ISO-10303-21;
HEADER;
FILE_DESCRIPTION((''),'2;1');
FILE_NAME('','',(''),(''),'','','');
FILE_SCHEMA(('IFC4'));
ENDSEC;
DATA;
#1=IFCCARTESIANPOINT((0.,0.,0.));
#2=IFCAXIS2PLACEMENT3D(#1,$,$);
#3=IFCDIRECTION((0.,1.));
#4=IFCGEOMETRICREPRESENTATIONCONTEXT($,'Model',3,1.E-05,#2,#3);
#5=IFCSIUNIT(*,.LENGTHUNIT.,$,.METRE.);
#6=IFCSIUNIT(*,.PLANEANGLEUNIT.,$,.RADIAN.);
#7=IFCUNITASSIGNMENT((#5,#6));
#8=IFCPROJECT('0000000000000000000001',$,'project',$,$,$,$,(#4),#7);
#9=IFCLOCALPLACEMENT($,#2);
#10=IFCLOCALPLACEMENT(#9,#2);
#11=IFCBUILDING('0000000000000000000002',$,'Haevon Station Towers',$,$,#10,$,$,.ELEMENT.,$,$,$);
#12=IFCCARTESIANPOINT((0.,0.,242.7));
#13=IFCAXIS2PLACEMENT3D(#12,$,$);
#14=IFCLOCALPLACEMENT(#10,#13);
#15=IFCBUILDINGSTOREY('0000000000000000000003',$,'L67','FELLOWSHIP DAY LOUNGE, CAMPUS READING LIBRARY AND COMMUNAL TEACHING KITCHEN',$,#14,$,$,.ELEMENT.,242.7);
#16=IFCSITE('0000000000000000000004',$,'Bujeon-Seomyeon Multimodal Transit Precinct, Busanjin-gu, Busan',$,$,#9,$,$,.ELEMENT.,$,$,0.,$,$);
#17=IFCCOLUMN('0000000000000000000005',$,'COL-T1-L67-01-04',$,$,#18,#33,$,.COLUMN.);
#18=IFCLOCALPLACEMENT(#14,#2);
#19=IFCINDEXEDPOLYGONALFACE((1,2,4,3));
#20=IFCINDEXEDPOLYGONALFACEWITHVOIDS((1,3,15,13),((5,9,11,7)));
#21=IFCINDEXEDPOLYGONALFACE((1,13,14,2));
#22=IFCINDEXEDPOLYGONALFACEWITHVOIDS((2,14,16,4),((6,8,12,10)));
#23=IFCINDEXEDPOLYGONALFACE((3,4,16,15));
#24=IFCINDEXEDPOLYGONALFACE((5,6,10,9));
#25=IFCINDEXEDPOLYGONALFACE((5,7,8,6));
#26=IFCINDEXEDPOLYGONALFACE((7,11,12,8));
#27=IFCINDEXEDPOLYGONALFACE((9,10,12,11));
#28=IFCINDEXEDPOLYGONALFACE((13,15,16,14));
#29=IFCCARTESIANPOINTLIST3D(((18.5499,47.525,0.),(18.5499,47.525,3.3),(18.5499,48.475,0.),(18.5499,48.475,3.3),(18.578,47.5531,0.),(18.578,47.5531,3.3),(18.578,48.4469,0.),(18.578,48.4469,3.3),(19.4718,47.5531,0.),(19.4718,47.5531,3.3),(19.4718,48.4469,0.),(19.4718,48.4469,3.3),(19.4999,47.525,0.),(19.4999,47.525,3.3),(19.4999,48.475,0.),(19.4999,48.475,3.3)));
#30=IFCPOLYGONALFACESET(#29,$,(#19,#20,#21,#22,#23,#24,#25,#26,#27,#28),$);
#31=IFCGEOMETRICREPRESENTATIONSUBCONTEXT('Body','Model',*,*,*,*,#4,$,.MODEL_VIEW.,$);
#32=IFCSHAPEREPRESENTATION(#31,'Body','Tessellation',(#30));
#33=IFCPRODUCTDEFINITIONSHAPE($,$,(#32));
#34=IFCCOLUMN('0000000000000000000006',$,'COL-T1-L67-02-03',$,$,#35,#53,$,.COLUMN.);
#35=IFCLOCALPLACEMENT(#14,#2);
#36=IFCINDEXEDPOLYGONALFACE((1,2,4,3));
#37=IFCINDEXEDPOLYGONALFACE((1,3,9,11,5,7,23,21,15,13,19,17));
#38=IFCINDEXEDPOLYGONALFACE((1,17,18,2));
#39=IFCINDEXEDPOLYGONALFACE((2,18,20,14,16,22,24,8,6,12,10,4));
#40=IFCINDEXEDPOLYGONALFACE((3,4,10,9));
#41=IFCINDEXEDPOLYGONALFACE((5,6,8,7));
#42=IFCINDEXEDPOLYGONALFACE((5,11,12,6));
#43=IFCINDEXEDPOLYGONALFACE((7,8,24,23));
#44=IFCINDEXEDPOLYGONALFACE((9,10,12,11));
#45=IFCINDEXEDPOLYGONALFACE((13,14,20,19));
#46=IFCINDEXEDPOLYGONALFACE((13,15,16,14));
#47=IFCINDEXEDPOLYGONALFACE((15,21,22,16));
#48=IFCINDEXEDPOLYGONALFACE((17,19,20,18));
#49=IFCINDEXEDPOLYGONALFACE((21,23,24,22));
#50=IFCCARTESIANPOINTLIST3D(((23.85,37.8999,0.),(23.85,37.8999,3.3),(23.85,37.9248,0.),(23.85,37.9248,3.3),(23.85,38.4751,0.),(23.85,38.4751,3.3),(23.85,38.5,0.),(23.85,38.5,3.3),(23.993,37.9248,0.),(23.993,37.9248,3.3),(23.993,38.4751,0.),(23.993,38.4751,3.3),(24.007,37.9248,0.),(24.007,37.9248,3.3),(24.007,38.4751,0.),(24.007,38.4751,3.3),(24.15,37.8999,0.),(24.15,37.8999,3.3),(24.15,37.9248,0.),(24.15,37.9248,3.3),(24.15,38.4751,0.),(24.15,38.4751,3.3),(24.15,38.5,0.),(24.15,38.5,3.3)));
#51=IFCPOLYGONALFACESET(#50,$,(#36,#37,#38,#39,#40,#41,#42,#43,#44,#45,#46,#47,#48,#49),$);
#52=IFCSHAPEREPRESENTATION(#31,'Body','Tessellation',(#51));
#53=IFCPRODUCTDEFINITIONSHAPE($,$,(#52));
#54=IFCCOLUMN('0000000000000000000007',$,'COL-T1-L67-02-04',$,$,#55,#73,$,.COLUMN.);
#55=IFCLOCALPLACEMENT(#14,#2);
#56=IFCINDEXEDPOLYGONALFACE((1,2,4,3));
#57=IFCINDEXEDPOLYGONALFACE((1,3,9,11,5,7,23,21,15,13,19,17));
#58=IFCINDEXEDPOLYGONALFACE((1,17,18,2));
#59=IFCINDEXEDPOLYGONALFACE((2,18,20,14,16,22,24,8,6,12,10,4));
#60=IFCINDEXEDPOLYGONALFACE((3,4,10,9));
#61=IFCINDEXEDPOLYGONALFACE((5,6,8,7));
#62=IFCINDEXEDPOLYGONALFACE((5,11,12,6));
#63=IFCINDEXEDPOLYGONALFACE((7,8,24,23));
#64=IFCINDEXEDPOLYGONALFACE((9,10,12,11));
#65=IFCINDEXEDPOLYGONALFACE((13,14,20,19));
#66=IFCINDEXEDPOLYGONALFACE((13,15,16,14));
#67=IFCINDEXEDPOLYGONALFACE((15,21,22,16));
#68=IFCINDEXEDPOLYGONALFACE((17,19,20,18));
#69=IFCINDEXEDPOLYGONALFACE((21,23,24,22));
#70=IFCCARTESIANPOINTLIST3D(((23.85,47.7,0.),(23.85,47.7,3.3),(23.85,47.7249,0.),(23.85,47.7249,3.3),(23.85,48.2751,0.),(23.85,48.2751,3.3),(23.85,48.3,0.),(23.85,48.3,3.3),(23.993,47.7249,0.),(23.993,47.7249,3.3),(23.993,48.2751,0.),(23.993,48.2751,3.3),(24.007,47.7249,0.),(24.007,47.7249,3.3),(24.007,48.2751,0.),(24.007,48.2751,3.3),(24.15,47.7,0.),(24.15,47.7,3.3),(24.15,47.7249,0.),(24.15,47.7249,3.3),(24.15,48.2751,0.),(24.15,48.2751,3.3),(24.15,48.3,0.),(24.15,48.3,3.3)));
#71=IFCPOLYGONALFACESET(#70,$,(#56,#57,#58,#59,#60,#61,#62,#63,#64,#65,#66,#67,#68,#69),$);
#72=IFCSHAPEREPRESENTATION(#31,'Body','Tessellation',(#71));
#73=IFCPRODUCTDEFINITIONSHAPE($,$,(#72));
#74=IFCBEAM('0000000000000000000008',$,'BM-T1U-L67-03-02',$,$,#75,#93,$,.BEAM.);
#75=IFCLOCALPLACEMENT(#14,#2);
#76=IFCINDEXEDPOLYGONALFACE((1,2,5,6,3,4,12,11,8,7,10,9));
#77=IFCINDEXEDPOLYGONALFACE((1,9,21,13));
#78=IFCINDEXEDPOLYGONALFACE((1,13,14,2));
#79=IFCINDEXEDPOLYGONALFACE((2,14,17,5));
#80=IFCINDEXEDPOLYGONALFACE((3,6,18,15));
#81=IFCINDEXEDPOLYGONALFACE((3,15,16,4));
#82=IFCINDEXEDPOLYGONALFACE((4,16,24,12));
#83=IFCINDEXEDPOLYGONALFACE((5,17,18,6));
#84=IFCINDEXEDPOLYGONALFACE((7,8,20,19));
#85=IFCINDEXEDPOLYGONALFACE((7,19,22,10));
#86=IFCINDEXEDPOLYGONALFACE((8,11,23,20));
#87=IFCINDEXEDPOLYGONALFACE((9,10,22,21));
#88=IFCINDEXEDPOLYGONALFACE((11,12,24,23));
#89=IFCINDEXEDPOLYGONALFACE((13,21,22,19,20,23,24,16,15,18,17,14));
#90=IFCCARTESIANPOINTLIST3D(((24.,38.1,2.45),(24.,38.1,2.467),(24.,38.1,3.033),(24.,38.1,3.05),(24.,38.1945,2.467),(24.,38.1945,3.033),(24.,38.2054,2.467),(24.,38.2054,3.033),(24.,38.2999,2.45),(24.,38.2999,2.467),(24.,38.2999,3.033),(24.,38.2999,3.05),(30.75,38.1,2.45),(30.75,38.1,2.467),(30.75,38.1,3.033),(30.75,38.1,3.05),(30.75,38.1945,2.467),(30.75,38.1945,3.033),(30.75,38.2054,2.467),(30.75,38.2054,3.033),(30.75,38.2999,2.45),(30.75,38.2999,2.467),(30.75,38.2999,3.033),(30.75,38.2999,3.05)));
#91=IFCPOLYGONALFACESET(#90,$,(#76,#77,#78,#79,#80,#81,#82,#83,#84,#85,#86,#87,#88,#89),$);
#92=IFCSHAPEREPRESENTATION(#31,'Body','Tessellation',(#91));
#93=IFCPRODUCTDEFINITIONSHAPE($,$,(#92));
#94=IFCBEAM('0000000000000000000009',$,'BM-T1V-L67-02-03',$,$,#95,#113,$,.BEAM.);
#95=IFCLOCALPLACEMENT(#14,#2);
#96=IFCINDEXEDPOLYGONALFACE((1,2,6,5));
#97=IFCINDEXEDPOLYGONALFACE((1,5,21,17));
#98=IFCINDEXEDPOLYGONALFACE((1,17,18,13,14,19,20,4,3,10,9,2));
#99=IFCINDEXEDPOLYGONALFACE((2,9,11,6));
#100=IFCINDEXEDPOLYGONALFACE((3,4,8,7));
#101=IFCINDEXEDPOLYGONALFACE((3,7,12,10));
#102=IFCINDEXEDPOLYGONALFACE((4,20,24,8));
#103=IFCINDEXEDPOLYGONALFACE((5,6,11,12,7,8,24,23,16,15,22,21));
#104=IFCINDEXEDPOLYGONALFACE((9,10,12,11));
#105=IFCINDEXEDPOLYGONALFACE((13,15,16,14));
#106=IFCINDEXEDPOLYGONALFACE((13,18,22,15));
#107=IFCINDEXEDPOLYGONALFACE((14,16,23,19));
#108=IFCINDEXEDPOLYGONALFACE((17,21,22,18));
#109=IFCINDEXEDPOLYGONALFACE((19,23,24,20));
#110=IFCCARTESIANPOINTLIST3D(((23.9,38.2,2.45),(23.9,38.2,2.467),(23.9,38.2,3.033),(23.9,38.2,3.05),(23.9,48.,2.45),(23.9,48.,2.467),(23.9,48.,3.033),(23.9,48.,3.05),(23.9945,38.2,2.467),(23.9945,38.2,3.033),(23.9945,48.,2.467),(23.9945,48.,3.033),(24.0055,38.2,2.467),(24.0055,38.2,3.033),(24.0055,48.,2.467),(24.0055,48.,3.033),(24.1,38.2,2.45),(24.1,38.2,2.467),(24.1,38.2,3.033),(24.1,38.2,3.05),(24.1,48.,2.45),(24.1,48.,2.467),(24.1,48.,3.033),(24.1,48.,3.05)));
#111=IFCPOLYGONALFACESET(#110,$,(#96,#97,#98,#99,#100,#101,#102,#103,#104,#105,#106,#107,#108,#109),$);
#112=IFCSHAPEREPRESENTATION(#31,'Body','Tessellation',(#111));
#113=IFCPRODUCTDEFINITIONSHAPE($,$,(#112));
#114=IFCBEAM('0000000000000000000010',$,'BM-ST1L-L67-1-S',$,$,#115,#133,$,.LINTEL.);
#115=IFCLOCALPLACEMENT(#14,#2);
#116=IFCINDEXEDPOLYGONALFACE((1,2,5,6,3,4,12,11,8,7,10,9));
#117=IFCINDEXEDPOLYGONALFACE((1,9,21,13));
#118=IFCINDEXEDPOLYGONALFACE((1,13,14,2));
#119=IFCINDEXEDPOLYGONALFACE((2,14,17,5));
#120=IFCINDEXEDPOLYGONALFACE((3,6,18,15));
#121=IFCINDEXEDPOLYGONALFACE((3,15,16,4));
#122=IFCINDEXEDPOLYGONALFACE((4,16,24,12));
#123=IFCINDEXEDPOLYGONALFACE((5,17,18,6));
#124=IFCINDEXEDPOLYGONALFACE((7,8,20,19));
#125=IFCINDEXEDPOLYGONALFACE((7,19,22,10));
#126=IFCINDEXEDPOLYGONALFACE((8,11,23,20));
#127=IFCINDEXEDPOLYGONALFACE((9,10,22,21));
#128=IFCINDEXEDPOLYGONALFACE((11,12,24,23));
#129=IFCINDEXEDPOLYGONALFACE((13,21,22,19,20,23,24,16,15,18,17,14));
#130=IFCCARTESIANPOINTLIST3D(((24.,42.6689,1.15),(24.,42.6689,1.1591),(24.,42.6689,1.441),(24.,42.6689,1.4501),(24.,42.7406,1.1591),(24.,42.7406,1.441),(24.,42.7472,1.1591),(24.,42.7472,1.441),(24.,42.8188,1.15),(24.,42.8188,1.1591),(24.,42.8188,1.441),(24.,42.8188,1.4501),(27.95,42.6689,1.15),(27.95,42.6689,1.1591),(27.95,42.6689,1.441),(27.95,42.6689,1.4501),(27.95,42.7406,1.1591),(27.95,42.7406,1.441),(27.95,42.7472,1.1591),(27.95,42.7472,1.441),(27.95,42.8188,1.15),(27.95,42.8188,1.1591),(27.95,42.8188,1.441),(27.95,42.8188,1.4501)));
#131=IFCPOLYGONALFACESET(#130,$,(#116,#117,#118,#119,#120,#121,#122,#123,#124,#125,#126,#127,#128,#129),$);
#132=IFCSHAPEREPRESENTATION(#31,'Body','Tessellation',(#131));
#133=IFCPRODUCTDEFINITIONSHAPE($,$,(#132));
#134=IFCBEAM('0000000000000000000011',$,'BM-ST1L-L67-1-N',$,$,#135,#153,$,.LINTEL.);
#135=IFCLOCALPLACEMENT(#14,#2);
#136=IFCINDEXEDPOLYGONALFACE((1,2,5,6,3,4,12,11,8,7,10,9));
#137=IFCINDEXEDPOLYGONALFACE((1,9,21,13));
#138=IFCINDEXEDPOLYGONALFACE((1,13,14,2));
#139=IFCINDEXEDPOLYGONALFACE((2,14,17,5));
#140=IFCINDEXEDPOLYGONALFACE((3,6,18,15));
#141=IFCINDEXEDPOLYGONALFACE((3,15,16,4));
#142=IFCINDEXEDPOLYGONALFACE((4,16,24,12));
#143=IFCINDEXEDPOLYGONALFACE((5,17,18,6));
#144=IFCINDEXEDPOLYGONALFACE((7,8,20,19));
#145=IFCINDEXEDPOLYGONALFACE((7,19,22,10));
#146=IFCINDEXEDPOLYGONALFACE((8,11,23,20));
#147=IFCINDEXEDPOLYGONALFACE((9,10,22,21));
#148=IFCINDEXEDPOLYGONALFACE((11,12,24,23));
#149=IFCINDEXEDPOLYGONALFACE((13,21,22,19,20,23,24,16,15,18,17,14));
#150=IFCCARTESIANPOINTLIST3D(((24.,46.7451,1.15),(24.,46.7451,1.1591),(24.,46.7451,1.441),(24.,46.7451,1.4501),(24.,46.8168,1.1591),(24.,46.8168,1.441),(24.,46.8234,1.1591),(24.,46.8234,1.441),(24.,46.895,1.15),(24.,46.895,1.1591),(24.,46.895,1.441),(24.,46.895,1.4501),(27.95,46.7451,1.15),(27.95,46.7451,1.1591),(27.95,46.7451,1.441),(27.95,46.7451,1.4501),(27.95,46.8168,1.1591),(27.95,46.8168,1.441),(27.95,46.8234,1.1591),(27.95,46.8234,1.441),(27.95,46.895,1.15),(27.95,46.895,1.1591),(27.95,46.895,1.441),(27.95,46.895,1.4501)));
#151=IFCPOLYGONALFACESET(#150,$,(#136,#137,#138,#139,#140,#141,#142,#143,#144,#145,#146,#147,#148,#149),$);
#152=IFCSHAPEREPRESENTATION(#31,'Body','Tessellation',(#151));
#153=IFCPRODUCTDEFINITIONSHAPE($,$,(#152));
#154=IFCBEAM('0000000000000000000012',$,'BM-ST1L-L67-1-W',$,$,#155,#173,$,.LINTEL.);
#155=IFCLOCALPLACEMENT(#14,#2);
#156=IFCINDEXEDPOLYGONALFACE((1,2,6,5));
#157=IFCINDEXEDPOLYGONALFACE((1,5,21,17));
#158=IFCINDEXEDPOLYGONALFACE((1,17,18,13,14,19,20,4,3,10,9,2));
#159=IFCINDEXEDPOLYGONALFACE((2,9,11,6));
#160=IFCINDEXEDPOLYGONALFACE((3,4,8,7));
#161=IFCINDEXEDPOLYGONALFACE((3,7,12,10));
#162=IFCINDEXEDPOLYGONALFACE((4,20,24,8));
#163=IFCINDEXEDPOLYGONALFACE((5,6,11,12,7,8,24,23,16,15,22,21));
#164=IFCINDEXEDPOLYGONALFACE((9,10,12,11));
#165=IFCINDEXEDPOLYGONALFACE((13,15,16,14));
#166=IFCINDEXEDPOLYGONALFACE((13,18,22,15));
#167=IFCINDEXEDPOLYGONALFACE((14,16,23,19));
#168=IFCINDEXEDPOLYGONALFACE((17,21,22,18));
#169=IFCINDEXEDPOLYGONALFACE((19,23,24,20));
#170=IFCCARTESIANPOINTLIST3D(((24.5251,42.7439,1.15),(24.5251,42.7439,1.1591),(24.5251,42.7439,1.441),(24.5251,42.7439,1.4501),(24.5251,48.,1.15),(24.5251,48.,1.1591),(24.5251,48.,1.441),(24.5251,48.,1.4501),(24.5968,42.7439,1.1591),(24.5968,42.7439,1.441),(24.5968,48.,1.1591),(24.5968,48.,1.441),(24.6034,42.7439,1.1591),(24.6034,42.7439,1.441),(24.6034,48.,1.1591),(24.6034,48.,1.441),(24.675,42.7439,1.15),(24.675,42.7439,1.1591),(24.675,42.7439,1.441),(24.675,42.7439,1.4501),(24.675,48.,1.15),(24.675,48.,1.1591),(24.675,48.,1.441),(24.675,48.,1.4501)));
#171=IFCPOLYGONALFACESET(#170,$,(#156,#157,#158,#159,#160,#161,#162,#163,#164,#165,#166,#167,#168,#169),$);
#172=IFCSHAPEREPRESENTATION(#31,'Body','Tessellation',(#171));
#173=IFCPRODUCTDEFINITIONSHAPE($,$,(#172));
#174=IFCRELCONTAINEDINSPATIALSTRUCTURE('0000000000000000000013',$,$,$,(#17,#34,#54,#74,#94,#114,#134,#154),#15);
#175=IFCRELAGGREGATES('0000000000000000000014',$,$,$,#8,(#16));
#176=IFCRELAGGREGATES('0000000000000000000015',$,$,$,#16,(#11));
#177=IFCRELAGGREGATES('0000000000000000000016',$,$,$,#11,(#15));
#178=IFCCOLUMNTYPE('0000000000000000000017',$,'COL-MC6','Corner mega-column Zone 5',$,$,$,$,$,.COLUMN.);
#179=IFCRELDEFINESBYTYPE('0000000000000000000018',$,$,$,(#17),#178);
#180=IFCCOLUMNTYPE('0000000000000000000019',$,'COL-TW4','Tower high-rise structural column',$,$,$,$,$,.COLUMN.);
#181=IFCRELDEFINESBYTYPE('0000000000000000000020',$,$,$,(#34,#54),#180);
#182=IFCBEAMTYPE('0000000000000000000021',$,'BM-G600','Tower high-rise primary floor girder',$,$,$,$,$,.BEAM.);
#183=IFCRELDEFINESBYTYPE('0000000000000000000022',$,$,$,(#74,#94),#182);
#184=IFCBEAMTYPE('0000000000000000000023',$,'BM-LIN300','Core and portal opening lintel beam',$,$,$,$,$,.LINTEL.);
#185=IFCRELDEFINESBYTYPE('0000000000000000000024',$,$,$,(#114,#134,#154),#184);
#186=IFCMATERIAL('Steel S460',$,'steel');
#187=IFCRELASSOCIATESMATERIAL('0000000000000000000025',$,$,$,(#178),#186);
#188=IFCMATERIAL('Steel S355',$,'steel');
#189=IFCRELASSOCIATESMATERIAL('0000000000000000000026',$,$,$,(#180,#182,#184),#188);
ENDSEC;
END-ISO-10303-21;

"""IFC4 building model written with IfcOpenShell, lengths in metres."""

from ifc_helpers import new_model, si_unit, direction, frame, origin, origin_2d, place, context, subcontext, project, spatial, hollow_rectangle, i_section, extrude, material, material_profile, profile_set, type_object, element, save


model = new_model("IFC4")

# Units and contexts
model_context = context("Model", 3, precision=1e-05, world=origin(), true_north=direction((0.0, 1.0)))
body_context = subcontext(model_context, "Body", "Model", "MODEL_VIEW")
ifc_project = project(units=[si_unit("LENGTHUNIT", "METRE"), si_unit("PLANEANGLEUNIT", "RADIAN")], contexts=[model_context])

# Site, building, storey
site_placement = place(None, origin())
site = spatial("IfcSite", under=ifc_project, at=site_placement, Name="Bujeon-Seomyeon Multimodal Transit Precinct, Busanjin-gu, Busan", CompositionType="ELEMENT", RefElevation=0.0)
building_placement = place(site_placement, origin())
building = spatial("IfcBuilding", under=site, at=building_placement, Name="Haevon Station Towers", CompositionType="ELEMENT")
storey_placement = place(building_placement, frame((0.0, 0.0, 242.7)))
storey = spatial("IfcBuildingStorey", under=building, at=storey_placement, Name="L67", Description="FELLOWSHIP DAY LOUNGE, CAMPUS READING LIBRARY AND COMMUNAL TEACHING KITCHEN", CompositionType="ELEMENT", Elevation=242.7)

# Columns
ifc_material_1 = material(Name="Steel S460", Category="steel")
ifc_material_profile_1 = material_profile(ifc_material_1, hollow_rectangle(XDim=0.95, YDim=0.95, WallThickness=0.0281, at=origin_2d()), Name="BOX-950x950x28")
ifc_profile_set_1 = profile_set([ifc_material_profile_1], Name="Steel S460")
column_type_1 = type_object("IfcColumnType", Name="COL-MC6", Description="Corner mega-column Zone 5", PredefinedType="COLUMN", material=ifc_profile_set_1)
column_placement = place(storey_placement, frame((19.0249, 48.0, 0.0), z_axis=(0.0, 0.0, 1.0), x_axis=(1.0, 0.0, 0.0)))
element("IfcColumn", 1, at=column_placement, inside=storey, type_object=column_type_1, Name="COL-T1-L67-01-04", PredefinedType="COLUMN", context=body_context, shape_type="SweptSolid", body=[
    extrude(hollow_rectangle(XDim=0.95, YDim=0.95, WallThickness=0.0281, at=origin_2d()), origin(), (0.0, 0.0, 1.0), 3.3),
])
ifc_material_2 = material(Name="Steel S355", Category="steel")
ifc_material_profile_2 = material_profile(ifc_material_2, i_section(OverallWidth=0.3, OverallDepth=0.6001, WebThickness=0.0139, FlangeThickness=0.0249, at=origin_2d()), Name="H-600x300x14x25")
ifc_profile_set_2 = profile_set([ifc_material_profile_2], Name="Steel S355")
column_type_2 = type_object("IfcColumnType", Name="COL-TW4", Description="Tower high-rise structural column", PredefinedType="COLUMN", material=ifc_profile_set_2)
for number, where, z_axis, x_axis, name in (
    (2, (24.0, 38.2, 0.0), (0.0, 0.0, 1.0), (1.0, 0.0, 0.0), "COL-T1-L67-02-03"),
    (3, (24.0, 48.0, 0.0), (0.0, 0.0, 1.0), (1.0, 0.0, 0.0), "COL-T1-L67-02-04"),
):
    element("IfcColumn", number, at=place(storey_placement, frame(where, z_axis=z_axis, x_axis=x_axis)), inside=storey, type_object=column_type_2, Name=name, PredefinedType="COLUMN", context=body_context, shape_type="SweptSolid", body=[
        extrude(i_section(OverallWidth=0.3, OverallDepth=0.6001, WebThickness=0.0139, FlangeThickness=0.0249, at=origin_2d()), origin(), (0.0, 0.0, 1.0), 3.3),
    ])

# Beams
ifc_material_profile_3 = material_profile(ifc_material_2, i_section(OverallWidth=0.2, OverallDepth=0.6001, WebThickness=0.011, FlangeThickness=0.0171, at=origin_2d()), Name="H-600x200x11x17")
ifc_profile_set_3 = profile_set([ifc_material_profile_3], Name="Steel S355")
beam_type_1 = type_object("IfcBeamType", Name="BM-G600", Description="Tower high-rise primary floor girder", PredefinedType="BEAM", material=ifc_profile_set_3)
beam_1_placement = place(storey_placement, frame((24.0, 38.2, 2.75), z_axis=(1.0, 0.0, 0.0), x_axis=(0.0, 1.0, 0.0)))
element("IfcBeam", 4, at=beam_1_placement, inside=storey, type_object=beam_type_1, Name="BM-T1U-L67-03-02", PredefinedType="BEAM", context=body_context, shape_type="SweptSolid", body=[
    extrude(i_section(OverallWidth=0.2, OverallDepth=0.6001, WebThickness=0.011, FlangeThickness=0.0171, at=origin_2d()), origin(), (0.0, 0.0, 1.0), 6.75),
])
beam_2_placement = place(storey_placement, frame((24.0, 38.2, 2.75), z_axis=(0.0, 1.0, 0.0), x_axis=(-1.0, 0.0, 0.0)))
element("IfcBeam", 5, at=beam_2_placement, inside=storey, type_object=beam_type_1, Name="BM-T1V-L67-02-03", PredefinedType="BEAM", context=body_context, shape_type="SweptSolid", body=[
    extrude(i_section(OverallWidth=0.2, OverallDepth=0.6001, WebThickness=0.011, FlangeThickness=0.0171, at=origin_2d()), origin(), (0.0, 0.0, 1.0), 9.8),
])
ifc_material_profile_4 = material_profile(ifc_material_2, i_section(OverallWidth=0.1499, OverallDepth=0.3, WebThickness=0.0066, FlangeThickness=0.009, at=origin_2d()), Name="H-300x150x6.5x9")
ifc_profile_set_4 = profile_set([ifc_material_profile_4], Name="Steel S355")
beam_type_2 = type_object("IfcBeamType", Name="BM-LIN300", Description="Core and portal opening lintel beam", PredefinedType="LINTEL", material=ifc_profile_set_4)
for number, where, z_axis, x_axis, name in (
    (6, (24.0, 42.7439, 1.3), (1.0, 0.0, 0.0), (0.0, 1.0, 0.0), "BM-ST1L-L67-1-S"),
    (7, (24.0, 46.8201, 1.3), (1.0, 0.0, 0.0), (0.0, 1.0, 0.0), "BM-ST1L-L67-1-N"),
):
    element("IfcBeam", number, at=place(storey_placement, frame(where, z_axis=z_axis, x_axis=x_axis)), inside=storey, type_object=beam_type_2, Name=name, PredefinedType="LINTEL", context=body_context, shape_type="SweptSolid", body=[
        extrude(i_section(OverallWidth=0.1499, OverallDepth=0.3, WebThickness=0.0066, FlangeThickness=0.009, at=origin_2d()), origin(), (0.0, 0.0, 1.0), 3.95),
    ])
beam_3_placement = place(storey_placement, frame((24.6001, 42.7439, 1.3), z_axis=(0.0, 1.0, 0.0), x_axis=(-1.0, 0.0, 0.0)))
element("IfcBeam", 8, at=beam_3_placement, inside=storey, type_object=beam_type_2, Name="BM-ST1L-L67-1-W", PredefinedType="LINTEL", context=body_context, shape_type="SweptSolid", body=[
    extrude(i_section(OverallWidth=0.1499, OverallDepth=0.3, WebThickness=0.0066, FlangeThickness=0.009, at=origin_2d()), origin(), (0.0, 0.0, 1.0), 5.2561),
])

save(model, "model.ifc")
